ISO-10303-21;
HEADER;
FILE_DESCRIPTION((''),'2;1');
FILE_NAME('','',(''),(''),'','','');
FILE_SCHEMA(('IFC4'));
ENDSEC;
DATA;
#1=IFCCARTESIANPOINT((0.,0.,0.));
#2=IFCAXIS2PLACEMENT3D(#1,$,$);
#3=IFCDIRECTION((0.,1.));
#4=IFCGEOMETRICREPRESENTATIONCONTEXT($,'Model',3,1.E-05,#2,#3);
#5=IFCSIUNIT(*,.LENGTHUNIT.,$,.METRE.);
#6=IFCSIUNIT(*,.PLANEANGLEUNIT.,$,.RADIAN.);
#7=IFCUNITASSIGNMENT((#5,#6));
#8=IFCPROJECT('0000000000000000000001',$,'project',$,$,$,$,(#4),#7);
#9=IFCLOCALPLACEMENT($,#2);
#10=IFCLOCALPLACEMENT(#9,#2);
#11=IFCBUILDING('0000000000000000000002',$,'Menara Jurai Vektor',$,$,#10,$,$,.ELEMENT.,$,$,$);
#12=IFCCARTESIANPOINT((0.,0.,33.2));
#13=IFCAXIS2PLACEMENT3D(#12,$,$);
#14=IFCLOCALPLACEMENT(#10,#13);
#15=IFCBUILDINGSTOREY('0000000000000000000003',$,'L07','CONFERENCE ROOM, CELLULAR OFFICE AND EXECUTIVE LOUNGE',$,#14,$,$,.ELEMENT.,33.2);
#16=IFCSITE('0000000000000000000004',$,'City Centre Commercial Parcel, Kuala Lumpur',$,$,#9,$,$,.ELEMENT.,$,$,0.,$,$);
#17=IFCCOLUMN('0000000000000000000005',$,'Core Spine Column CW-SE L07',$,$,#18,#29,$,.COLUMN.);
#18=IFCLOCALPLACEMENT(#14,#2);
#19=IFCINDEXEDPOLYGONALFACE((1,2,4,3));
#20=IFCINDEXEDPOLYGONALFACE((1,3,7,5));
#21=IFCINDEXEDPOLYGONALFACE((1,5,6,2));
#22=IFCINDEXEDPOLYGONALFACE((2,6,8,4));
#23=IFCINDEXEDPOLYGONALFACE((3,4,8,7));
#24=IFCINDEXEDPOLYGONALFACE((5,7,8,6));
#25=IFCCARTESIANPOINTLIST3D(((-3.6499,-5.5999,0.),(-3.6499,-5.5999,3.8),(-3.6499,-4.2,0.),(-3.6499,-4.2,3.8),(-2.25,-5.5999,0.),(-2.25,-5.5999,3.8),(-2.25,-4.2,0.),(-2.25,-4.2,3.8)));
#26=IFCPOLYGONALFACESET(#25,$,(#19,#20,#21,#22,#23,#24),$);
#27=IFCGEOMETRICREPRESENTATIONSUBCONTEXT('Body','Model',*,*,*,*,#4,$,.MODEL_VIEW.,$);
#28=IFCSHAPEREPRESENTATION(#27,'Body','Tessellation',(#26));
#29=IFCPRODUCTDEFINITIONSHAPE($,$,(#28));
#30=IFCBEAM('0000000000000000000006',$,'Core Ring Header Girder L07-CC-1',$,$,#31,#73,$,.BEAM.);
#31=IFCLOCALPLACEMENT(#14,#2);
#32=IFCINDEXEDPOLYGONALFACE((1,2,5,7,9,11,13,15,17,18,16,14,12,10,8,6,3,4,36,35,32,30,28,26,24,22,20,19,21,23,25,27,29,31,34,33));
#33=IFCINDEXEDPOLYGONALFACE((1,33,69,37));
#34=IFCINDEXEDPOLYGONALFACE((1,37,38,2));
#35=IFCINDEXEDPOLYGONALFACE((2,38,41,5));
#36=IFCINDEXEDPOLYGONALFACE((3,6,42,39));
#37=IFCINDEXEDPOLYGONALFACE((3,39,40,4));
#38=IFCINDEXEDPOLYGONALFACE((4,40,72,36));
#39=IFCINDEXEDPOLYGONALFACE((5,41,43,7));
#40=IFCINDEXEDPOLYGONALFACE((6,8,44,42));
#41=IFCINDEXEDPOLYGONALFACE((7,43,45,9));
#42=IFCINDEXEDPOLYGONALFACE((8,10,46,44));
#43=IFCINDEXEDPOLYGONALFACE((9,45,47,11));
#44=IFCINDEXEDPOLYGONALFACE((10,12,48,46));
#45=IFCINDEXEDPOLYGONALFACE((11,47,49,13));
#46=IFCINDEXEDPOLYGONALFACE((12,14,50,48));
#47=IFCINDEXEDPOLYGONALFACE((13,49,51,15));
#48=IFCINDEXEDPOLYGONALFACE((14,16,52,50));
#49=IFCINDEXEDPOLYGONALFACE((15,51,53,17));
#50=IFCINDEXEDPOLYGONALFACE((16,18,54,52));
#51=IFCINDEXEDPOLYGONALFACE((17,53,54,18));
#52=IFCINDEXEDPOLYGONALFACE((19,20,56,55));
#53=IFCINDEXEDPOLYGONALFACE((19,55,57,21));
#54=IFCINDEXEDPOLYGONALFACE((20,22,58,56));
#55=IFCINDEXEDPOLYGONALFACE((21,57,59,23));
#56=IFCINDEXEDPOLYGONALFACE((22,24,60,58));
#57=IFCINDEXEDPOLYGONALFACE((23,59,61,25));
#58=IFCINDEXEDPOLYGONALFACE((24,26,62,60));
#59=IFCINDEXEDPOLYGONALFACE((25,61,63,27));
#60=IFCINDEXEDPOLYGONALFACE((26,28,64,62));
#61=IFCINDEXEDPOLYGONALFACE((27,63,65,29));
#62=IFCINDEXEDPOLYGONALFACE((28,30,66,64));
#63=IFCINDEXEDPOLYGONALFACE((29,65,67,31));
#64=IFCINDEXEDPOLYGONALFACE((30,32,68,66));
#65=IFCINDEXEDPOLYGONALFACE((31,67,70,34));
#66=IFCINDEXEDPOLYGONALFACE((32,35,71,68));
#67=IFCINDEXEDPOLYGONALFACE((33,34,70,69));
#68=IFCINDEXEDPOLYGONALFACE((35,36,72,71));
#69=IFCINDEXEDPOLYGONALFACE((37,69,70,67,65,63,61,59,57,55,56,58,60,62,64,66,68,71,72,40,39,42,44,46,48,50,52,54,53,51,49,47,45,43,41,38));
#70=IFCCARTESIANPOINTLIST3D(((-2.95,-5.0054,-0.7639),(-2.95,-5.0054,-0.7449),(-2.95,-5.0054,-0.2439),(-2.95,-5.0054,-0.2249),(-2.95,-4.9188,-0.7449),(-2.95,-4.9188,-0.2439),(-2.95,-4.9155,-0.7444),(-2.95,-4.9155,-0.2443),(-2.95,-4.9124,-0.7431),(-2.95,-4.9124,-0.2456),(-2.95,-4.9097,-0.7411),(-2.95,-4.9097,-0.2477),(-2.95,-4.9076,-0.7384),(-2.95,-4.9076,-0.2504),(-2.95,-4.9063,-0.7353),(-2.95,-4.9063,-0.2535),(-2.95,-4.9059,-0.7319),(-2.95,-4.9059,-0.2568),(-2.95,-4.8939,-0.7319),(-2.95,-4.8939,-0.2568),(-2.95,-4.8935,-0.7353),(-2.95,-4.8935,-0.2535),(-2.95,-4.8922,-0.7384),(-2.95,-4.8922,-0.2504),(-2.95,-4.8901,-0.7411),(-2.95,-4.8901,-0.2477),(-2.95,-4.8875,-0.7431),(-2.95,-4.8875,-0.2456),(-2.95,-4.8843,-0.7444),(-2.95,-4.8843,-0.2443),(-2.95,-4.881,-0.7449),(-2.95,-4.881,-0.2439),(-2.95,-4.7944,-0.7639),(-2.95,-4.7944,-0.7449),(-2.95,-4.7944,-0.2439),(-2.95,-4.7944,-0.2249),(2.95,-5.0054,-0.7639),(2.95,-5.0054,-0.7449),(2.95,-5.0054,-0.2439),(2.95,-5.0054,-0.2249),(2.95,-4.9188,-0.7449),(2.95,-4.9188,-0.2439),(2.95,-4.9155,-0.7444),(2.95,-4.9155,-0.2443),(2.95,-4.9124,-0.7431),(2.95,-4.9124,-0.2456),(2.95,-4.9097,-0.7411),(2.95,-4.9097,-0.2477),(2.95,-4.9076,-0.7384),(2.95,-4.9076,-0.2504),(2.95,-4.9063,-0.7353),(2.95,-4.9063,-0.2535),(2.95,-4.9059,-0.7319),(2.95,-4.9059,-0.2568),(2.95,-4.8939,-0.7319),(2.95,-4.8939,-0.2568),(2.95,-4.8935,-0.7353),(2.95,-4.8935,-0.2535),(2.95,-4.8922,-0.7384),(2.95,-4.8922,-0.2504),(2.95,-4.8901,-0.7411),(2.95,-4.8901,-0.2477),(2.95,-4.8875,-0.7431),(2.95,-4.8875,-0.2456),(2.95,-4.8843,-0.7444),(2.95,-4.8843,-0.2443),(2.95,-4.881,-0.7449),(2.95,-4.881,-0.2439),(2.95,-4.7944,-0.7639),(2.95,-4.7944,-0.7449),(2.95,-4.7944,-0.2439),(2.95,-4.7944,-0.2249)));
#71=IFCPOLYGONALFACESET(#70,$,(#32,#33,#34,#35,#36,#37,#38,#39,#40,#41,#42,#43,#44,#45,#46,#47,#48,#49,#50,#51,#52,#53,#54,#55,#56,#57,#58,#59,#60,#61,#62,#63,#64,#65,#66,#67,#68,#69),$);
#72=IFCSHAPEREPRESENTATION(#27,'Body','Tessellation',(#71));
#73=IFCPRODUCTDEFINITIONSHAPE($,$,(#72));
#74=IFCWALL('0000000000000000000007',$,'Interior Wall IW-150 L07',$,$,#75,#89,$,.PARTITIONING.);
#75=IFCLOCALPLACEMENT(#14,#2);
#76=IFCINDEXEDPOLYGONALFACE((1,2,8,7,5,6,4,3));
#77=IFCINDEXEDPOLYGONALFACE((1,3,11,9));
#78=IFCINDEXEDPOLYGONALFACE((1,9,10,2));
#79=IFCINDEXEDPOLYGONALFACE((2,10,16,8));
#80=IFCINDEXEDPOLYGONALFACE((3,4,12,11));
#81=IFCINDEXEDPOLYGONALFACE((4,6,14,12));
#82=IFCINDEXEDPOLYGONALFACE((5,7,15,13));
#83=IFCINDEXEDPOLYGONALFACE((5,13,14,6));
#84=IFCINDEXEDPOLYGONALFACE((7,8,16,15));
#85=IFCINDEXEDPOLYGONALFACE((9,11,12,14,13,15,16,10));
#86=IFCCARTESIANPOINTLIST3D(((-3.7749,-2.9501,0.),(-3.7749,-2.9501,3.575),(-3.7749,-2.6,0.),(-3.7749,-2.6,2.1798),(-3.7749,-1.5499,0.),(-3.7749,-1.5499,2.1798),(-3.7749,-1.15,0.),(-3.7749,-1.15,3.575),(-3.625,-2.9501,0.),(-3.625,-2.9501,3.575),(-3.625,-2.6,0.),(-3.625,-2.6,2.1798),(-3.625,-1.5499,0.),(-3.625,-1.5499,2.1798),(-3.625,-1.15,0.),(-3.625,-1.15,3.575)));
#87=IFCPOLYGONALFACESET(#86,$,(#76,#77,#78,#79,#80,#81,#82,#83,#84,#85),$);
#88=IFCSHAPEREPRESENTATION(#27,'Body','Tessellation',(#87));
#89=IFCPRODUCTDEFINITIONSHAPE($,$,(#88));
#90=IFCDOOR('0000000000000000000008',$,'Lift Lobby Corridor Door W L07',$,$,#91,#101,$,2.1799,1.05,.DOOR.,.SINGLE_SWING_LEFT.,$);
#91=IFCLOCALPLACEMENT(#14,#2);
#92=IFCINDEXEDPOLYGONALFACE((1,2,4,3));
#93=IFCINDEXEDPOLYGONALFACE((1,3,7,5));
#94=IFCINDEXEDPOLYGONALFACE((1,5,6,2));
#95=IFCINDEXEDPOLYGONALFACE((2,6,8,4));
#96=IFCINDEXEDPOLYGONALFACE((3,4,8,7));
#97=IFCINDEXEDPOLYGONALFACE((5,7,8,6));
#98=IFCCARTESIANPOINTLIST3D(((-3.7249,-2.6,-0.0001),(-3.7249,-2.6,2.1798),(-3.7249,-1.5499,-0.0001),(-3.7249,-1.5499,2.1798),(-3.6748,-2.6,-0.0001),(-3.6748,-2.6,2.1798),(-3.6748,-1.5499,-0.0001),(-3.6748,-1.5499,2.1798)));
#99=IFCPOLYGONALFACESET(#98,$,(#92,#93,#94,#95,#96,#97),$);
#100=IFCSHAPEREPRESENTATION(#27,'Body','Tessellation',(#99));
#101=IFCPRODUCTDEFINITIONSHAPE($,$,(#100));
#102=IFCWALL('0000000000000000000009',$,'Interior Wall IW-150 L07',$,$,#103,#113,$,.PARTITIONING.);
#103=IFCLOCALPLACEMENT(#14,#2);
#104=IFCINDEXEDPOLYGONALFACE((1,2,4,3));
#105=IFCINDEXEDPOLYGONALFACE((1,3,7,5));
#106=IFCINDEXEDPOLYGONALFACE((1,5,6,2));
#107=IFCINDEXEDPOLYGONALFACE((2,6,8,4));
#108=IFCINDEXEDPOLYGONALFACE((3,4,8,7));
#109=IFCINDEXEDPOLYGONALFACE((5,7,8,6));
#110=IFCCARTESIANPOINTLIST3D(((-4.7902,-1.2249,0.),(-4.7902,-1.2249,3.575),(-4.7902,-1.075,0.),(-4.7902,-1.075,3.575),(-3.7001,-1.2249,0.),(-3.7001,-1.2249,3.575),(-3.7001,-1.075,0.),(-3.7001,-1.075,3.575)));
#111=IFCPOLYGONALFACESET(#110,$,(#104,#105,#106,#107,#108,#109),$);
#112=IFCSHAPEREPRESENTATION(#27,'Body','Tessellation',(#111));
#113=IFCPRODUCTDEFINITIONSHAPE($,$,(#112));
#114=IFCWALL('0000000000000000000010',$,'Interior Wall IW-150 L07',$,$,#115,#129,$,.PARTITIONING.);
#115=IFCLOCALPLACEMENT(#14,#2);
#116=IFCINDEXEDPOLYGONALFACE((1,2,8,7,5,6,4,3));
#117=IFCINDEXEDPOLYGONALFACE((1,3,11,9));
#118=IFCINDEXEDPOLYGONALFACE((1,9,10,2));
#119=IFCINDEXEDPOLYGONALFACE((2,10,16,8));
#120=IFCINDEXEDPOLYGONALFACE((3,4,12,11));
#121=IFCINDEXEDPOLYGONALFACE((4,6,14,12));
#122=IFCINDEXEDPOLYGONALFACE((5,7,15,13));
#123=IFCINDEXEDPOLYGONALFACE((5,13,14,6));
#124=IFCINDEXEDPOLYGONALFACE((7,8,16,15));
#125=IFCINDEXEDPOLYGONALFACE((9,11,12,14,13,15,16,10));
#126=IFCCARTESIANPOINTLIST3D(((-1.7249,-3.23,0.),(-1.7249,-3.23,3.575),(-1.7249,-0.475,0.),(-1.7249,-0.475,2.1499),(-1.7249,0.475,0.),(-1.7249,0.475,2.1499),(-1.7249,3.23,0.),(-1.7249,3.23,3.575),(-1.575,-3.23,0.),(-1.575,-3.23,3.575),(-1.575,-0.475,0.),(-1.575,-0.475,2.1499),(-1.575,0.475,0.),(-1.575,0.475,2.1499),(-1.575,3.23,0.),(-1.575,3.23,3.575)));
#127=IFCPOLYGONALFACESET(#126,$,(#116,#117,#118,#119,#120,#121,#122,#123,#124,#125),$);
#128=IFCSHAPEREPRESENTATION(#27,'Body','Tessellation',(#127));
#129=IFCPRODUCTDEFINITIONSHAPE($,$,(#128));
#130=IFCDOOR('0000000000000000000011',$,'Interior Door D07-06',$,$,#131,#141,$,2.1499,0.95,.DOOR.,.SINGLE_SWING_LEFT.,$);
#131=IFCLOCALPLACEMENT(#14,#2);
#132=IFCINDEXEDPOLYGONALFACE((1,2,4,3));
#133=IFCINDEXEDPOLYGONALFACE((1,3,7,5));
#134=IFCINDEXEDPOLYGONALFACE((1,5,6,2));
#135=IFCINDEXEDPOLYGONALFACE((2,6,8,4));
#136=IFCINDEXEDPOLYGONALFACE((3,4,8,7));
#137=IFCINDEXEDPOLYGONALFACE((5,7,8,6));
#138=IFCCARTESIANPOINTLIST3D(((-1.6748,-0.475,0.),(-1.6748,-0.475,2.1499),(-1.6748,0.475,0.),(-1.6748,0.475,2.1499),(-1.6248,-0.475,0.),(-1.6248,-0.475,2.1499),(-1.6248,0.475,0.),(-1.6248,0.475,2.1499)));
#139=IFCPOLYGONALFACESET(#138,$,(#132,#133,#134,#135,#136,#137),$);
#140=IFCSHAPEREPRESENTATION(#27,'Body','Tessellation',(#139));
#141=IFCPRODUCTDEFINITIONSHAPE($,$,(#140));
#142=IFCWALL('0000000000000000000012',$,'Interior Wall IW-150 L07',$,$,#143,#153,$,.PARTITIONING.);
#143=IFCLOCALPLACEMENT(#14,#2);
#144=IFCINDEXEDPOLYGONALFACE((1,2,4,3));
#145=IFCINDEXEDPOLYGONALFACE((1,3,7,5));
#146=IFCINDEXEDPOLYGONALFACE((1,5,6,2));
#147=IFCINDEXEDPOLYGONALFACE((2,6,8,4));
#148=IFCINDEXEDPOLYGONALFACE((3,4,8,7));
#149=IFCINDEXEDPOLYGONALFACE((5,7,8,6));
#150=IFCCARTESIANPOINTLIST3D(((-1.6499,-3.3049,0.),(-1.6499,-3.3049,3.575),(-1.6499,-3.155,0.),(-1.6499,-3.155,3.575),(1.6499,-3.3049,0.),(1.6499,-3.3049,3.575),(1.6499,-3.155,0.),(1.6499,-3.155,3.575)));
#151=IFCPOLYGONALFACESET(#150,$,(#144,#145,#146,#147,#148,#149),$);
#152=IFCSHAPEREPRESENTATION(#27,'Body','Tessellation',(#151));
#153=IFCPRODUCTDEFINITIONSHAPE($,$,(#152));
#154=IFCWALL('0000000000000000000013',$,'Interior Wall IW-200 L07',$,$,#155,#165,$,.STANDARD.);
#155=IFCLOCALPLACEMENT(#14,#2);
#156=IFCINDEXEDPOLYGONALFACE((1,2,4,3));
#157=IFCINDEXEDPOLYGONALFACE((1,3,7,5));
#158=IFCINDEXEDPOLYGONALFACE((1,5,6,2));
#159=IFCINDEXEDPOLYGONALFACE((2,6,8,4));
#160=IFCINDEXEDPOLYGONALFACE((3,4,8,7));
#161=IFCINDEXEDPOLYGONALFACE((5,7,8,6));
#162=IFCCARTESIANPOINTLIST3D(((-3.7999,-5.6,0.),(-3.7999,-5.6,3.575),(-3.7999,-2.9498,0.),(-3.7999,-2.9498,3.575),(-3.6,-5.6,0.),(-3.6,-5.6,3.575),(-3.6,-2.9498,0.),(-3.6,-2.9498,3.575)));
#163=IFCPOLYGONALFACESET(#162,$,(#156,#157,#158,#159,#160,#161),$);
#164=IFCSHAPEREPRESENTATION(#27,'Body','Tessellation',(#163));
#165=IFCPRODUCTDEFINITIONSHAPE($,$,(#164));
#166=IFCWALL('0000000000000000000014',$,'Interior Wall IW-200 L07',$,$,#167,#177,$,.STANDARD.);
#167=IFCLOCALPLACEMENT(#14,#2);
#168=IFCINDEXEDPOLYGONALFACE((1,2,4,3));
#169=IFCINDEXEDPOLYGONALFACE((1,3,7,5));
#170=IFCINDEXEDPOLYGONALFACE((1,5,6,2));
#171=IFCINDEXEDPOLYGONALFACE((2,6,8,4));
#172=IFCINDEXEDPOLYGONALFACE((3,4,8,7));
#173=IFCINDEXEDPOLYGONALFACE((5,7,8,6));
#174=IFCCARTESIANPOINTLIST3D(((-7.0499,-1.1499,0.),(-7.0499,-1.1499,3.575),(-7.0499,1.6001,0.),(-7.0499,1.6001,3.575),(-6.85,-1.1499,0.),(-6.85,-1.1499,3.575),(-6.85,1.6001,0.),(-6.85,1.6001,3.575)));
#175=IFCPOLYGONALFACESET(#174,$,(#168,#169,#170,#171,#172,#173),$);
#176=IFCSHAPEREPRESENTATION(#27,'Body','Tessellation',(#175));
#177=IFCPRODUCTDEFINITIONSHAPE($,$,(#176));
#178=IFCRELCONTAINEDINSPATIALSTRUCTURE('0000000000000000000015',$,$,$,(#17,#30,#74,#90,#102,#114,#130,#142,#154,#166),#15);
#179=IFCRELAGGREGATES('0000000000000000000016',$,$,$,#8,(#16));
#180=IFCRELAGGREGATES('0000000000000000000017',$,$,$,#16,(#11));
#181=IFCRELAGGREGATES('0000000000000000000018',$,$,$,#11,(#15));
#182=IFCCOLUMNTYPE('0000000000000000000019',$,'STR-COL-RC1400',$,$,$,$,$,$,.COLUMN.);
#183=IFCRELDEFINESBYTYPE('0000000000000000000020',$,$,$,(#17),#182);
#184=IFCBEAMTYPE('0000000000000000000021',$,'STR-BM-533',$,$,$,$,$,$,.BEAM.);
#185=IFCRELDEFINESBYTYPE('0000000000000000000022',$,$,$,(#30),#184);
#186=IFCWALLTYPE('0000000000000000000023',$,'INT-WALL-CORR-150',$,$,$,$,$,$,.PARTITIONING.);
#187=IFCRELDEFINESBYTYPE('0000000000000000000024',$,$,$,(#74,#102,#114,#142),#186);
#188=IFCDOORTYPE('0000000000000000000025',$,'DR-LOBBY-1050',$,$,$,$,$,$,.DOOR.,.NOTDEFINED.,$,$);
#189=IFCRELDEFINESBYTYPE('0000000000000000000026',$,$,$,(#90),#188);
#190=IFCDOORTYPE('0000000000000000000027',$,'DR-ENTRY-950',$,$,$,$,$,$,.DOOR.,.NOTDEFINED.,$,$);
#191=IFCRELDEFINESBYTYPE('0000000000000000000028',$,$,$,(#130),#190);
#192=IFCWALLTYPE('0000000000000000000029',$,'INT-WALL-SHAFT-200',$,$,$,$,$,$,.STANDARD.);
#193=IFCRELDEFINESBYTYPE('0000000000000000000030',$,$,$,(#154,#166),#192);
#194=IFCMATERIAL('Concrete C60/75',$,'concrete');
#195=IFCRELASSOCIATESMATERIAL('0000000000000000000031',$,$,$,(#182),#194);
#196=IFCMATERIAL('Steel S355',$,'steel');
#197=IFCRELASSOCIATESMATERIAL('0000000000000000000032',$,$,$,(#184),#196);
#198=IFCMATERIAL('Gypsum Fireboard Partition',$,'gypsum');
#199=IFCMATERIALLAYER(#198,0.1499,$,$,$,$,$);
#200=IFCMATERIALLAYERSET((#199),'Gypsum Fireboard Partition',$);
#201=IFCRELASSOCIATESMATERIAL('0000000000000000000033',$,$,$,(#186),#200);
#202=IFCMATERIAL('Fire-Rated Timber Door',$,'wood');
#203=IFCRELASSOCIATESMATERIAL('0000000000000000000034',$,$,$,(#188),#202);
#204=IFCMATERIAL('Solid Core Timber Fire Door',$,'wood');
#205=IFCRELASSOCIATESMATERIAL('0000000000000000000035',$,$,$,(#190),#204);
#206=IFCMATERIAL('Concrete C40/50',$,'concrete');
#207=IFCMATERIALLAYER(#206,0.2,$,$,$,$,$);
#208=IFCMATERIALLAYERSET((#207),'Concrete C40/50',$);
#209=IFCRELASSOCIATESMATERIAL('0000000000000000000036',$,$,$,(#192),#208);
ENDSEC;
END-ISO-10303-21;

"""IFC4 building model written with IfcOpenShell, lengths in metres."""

from ifc_helpers import new_model, si_unit, direction, frame, frame_2d, origin, origin_2d, place, context, subcontext, project, spatial, rectangle, i_section, extrude, material, layer, layer_set, material_profile, profile_set, type_object, element, fill, save


model = new_model("IFC4")

# Units and contexts
model_context = context("Model", 3, precision=1e-05, world=origin(), true_north=direction((0.0, 1.0)))
body_context = subcontext(model_context, "Body", "Model", "MODEL_VIEW")
ifc_project = project(units=[si_unit("LENGTHUNIT", "METRE"), si_unit("PLANEANGLEUNIT", "RADIAN")], contexts=[model_context])

# Site, building, storey
site_placement = place(None, origin())
site = spatial("IfcSite", under=ifc_project, at=site_placement, Name="City Centre Commercial Parcel, Kuala Lumpur", CompositionType="ELEMENT", RefElevation=0.0)
building_placement = place(site_placement, origin())
building = spatial("IfcBuilding", under=site, at=building_placement, Name="Menara Jurai Vektor", CompositionType="ELEMENT")
storey_placement = place(building_placement, frame((0.0, 0.0, 33.2)))
storey = spatial("IfcBuildingStorey", under=building, at=storey_placement, Name="L07", Description="CONFERENCE ROOM, CELLULAR OFFICE AND EXECUTIVE LOUNGE", CompositionType="ELEMENT", Elevation=33.2)

# Column
ifc_material_1 = material(Name="Concrete C60/75", Category="concrete")
ifc_material_profile_1 = material_profile(ifc_material_1, rectangle(XDim=1.3999, YDim=1.3999, at=origin_2d()), Name="RC 1400x1400")
ifc_profile_set_1 = profile_set([ifc_material_profile_1], Name="Concrete C60/75")
column_type = type_object("IfcColumnType", Name="STR-COL-RC1400", PredefinedType="COLUMN", material=ifc_profile_set_1)
column_placement = place(storey_placement, frame((-2.95, -4.8999, 0.0), z_axis=(0.0, 0.0, 1.0), x_axis=(1.0, 0.0, 0.0)))
element("IfcColumn", 1, at=column_placement, inside=storey, type_object=column_type, Name="Core Spine Column CW-SE L07", PredefinedType="COLUMN", context=body_context, shape_type="SweptSolid", body=[
    extrude(rectangle(XDim=1.3999, YDim=1.3999, at=origin_2d()), origin(), (0.0, 0.0, 1.0), 3.8),
])

# Beam
ifc_material_2 = material(Name="Steel S355", Category="steel")
ifc_material_profile_2 = material_profile(ifc_material_2, i_section(OverallWidth=0.2109, OverallDepth=0.5391, WebThickness=0.012, FlangeThickness=0.019, FilletRadius=0.0129, at=origin_2d()), Name="UKB 533x210x109")
ifc_profile_set_2 = profile_set([ifc_material_profile_2], Name="Steel S355")
beam_type = type_object("IfcBeamType", Name="STR-BM-533", PredefinedType="BEAM", material=ifc_profile_set_2)
beam_placement = place(storey_placement, frame((-2.95, -4.8999, -0.4944), z_axis=(1.0, 0.0, 0.0), x_axis=(0.0, 1.0, 0.0)))
element("IfcBeam", 2, at=beam_placement, inside=storey, type_object=beam_type, Name="Core Ring Header Girder L07-CC-1", PredefinedType="BEAM", context=body_context, shape_type="SweptSolid", body=[
    extrude(i_section(OverallWidth=0.2109, OverallDepth=0.5391, WebThickness=0.012, FlangeThickness=0.019, FilletRadius=0.0129, at=origin_2d()), origin(), (0.0, 0.0, 1.0), 5.8999),
])

# Wall, opening, door
ifc_material_3 = material(Name="Gypsum Fireboard Partition", Category="gypsum")
ifc_layer_1 = layer(ifc_material_3, 0.1499)
ifc_layer_set_1 = layer_set([ifc_layer_1], Name="Gypsum Fireboard Partition")
wall_type_1 = type_object("IfcWallType", Name="INT-WALL-CORR-150", PredefinedType="PARTITIONING", material=ifc_layer_set_1)
wall_1_placement = place(storey_placement, frame((-3.7, -2.95, 0.0), z_axis=(0.0, 0.0, 1.0), x_axis=(0.0, 1.0, 0.0)))
wall_1 = element("IfcWall", 3, at=wall_1_placement, inside=storey, type_object=wall_type_1, Name="Interior Wall IW-150 L07", PredefinedType="PARTITIONING", context=body_context, shape_type="SweptSolid", body=[
    extrude(rectangle(XDim=1.8, YDim=0.1499, at=frame_2d((0.8999, 0.0))), origin(), (0.0, 0.0, 1.0), 3.575),
])
opening_1_placement = place(wall_1_placement, frame((0.3501, 0.0, 0.0)))
opening_1 = element("IfcOpeningElement", 4, at=opening_1_placement, cuts=wall_1, PredefinedType="OPENING", context=body_context, shape_type="SweptSolid", body=[
    extrude(rectangle(XDim=1.05, YDim=2.1799, at=frame_2d((0.5249, 1.0898))), frame((0.0, 0.085, 0.0), z_axis=(0.0, -1.0, 0.0), x_axis=(1.0, 0.0, 0.0)), (0.0, 0.0, 1.0), 0.1699),
])
ifc_material_4 = material(Name="Fire-Rated Timber Door", Category="wood")
door_type_1 = type_object("IfcDoorType", Name="DR-LOBBY-1050", OperationType="NOTDEFINED", PredefinedType="DOOR", material=ifc_material_4)
door_1_placement = place(opening_1_placement, origin())
door_1 = element("IfcDoor", 5, at=door_1_placement, inside=storey, type_object=door_type_1, Name="Lift Lobby Corridor Door W L07", OperationType="SINGLE_SWING_LEFT", OverallHeight=2.1799, OverallWidth=1.05, PredefinedType="DOOR", context=body_context, shape_type="SweptSolid", body=[
    extrude(rectangle(XDim=1.05, YDim=2.1799, at=frame_2d((0.5249, 1.0898))), frame((0.0, 0.0249, 0.0), z_axis=(0.0, -1.0, 0.0), x_axis=(1.0, 0.0, 0.0)), (0.0, 0.0, 1.0), 0.05),
])
fill(opening_1, door_1)

# Wall
wall_2_placement = place(storey_placement, frame((-4.79, -1.1499, 0.0), z_axis=(0.0, 0.0, 1.0), x_axis=(1.0, 0.0, 0.0)))
element("IfcWall", 6, at=wall_2_placement, inside=storey, type_object=wall_type_1, Name="Interior Wall IW-150 L07", PredefinedType="PARTITIONING", context=body_context, shape_type="SweptSolid", body=[
    extrude(rectangle(XDim=1.0901, YDim=0.1499, at=frame_2d((0.5449, 0.0))), origin(), (0.0, 0.0, 1.0), 3.575),
])

# Wall, opening, door
wall_3_placement = place(storey_placement, frame((-1.6499, -3.23, 0.0), z_axis=(0.0, 0.0, 1.0), x_axis=(0.0, 1.0, 0.0)))
wall_3 = element("IfcWall", 7, at=wall_3_placement, inside=storey, type_object=wall_type_1, Name="Interior Wall IW-150 L07", PredefinedType="PARTITIONING", context=body_context, shape_type="SweptSolid", body=[
    extrude(rectangle(XDim=6.46, YDim=0.1499, at=frame_2d((3.23, 0.0))), origin(), (0.0, 0.0, 1.0), 3.575),
])
opening_2_placement = place(wall_3_placement, frame((2.7549, 0.0, 0.0)))
opening_2 = element("IfcOpeningElement", 8, at=opening_2_placement, cuts=wall_3, PredefinedType="OPENING", context=body_context, shape_type="SweptSolid", body=[
    extrude(rectangle(XDim=0.95, YDim=2.1499, at=frame_2d((0.4751, 1.075))), frame((0.0, 0.085, 0.0), z_axis=(0.0, -1.0, 0.0), x_axis=(1.0, 0.0, 0.0)), (0.0, 0.0, 1.0), 0.1699),
])
ifc_material_5 = material(Name="Solid Core Timber Fire Door", Category="wood")
door_type_2 = type_object("IfcDoorType", Name="DR-ENTRY-950", OperationType="NOTDEFINED", PredefinedType="DOOR", material=ifc_material_5)
door_2_placement = place(opening_2_placement, origin())
door_2 = element("IfcDoor", 9, at=door_2_placement, inside=storey, type_object=door_type_2, Name="Interior Door D07-06", OperationType="SINGLE_SWING_LEFT", OverallHeight=2.1499, OverallWidth=0.95, PredefinedType="DOOR", context=body_context, shape_type="SweptSolid", body=[
    extrude(rectangle(XDim=0.95, YDim=2.1499, at=frame_2d((0.4751, 1.075))), frame((0.0, 0.0249, 0.0), z_axis=(0.0, -1.0, 0.0), x_axis=(1.0, 0.0, 0.0)), (0.0, 0.0, 1.0), 0.05),
])
fill(opening_2, door_2)

# Wall
wall_4_placement = place(storey_placement, frame((-1.6499, -3.23, 0.0), z_axis=(0.0, 0.0, 1.0), x_axis=(1.0, 0.0, 0.0)))
element("IfcWall", 10, at=wall_4_placement, inside=storey, type_object=wall_type_1, Name="Interior Wall IW-150 L07", PredefinedType="PARTITIONING", context=body_context, shape_type="SweptSolid", body=[
    extrude(rectangle(XDim=3.2998, YDim=0.1499, at=frame_2d((1.6499, 0.0))), origin(), (0.0, 0.0, 1.0), 3.575),
])

# Shared definitions
ifc_material_6 = material(Name="Concrete C40/50", Category="concrete")
ifc_layer_2 = layer(ifc_material_6, 0.2)
ifc_layer_set_2 = layer_set([ifc_layer_2], Name="Concrete C40/50")
wall_type_2 = type_object("IfcWallType", Name="INT-WALL-SHAFT-200", PredefinedType="STANDARD", material=ifc_layer_set_2)

# Walls
wall_5_placement = place(storey_placement, frame((-3.7, -5.6001, 0.0), z_axis=(0.0, 0.0, 1.0), x_axis=(0.0, 1.0, 0.0)))
element("IfcWall", 11, at=wall_5_placement, inside=storey, type_object=wall_type_2, Name="Interior Wall IW-200 L07", PredefinedType="STANDARD", context=body_context, shape_type="SweptSolid", body=[
    extrude(rectangle(XDim=2.6501, YDim=0.2, at=frame_2d((1.3252, 0.0))), origin(), (0.0, 0.0, 1.0), 3.575),
])
wall_6_placement = place(storey_placement, frame((-6.95, -1.1499, 0.0), z_axis=(0.0, 0.0, 1.0), x_axis=(0.0, 1.0, 0.0)))
element("IfcWall", 12, at=wall_6_placement, inside=storey, type_object=wall_type_2, Name="Interior Wall IW-200 L07", PredefinedType="STANDARD", context=body_context, shape_type="SweptSolid", body=[
    extrude(rectangle(XDim=2.75, YDim=0.2, at=frame_2d((1.375, 0.0))), origin(), (0.0, 0.0, 1.0), 3.575),
])

save(model, "model.ifc")
